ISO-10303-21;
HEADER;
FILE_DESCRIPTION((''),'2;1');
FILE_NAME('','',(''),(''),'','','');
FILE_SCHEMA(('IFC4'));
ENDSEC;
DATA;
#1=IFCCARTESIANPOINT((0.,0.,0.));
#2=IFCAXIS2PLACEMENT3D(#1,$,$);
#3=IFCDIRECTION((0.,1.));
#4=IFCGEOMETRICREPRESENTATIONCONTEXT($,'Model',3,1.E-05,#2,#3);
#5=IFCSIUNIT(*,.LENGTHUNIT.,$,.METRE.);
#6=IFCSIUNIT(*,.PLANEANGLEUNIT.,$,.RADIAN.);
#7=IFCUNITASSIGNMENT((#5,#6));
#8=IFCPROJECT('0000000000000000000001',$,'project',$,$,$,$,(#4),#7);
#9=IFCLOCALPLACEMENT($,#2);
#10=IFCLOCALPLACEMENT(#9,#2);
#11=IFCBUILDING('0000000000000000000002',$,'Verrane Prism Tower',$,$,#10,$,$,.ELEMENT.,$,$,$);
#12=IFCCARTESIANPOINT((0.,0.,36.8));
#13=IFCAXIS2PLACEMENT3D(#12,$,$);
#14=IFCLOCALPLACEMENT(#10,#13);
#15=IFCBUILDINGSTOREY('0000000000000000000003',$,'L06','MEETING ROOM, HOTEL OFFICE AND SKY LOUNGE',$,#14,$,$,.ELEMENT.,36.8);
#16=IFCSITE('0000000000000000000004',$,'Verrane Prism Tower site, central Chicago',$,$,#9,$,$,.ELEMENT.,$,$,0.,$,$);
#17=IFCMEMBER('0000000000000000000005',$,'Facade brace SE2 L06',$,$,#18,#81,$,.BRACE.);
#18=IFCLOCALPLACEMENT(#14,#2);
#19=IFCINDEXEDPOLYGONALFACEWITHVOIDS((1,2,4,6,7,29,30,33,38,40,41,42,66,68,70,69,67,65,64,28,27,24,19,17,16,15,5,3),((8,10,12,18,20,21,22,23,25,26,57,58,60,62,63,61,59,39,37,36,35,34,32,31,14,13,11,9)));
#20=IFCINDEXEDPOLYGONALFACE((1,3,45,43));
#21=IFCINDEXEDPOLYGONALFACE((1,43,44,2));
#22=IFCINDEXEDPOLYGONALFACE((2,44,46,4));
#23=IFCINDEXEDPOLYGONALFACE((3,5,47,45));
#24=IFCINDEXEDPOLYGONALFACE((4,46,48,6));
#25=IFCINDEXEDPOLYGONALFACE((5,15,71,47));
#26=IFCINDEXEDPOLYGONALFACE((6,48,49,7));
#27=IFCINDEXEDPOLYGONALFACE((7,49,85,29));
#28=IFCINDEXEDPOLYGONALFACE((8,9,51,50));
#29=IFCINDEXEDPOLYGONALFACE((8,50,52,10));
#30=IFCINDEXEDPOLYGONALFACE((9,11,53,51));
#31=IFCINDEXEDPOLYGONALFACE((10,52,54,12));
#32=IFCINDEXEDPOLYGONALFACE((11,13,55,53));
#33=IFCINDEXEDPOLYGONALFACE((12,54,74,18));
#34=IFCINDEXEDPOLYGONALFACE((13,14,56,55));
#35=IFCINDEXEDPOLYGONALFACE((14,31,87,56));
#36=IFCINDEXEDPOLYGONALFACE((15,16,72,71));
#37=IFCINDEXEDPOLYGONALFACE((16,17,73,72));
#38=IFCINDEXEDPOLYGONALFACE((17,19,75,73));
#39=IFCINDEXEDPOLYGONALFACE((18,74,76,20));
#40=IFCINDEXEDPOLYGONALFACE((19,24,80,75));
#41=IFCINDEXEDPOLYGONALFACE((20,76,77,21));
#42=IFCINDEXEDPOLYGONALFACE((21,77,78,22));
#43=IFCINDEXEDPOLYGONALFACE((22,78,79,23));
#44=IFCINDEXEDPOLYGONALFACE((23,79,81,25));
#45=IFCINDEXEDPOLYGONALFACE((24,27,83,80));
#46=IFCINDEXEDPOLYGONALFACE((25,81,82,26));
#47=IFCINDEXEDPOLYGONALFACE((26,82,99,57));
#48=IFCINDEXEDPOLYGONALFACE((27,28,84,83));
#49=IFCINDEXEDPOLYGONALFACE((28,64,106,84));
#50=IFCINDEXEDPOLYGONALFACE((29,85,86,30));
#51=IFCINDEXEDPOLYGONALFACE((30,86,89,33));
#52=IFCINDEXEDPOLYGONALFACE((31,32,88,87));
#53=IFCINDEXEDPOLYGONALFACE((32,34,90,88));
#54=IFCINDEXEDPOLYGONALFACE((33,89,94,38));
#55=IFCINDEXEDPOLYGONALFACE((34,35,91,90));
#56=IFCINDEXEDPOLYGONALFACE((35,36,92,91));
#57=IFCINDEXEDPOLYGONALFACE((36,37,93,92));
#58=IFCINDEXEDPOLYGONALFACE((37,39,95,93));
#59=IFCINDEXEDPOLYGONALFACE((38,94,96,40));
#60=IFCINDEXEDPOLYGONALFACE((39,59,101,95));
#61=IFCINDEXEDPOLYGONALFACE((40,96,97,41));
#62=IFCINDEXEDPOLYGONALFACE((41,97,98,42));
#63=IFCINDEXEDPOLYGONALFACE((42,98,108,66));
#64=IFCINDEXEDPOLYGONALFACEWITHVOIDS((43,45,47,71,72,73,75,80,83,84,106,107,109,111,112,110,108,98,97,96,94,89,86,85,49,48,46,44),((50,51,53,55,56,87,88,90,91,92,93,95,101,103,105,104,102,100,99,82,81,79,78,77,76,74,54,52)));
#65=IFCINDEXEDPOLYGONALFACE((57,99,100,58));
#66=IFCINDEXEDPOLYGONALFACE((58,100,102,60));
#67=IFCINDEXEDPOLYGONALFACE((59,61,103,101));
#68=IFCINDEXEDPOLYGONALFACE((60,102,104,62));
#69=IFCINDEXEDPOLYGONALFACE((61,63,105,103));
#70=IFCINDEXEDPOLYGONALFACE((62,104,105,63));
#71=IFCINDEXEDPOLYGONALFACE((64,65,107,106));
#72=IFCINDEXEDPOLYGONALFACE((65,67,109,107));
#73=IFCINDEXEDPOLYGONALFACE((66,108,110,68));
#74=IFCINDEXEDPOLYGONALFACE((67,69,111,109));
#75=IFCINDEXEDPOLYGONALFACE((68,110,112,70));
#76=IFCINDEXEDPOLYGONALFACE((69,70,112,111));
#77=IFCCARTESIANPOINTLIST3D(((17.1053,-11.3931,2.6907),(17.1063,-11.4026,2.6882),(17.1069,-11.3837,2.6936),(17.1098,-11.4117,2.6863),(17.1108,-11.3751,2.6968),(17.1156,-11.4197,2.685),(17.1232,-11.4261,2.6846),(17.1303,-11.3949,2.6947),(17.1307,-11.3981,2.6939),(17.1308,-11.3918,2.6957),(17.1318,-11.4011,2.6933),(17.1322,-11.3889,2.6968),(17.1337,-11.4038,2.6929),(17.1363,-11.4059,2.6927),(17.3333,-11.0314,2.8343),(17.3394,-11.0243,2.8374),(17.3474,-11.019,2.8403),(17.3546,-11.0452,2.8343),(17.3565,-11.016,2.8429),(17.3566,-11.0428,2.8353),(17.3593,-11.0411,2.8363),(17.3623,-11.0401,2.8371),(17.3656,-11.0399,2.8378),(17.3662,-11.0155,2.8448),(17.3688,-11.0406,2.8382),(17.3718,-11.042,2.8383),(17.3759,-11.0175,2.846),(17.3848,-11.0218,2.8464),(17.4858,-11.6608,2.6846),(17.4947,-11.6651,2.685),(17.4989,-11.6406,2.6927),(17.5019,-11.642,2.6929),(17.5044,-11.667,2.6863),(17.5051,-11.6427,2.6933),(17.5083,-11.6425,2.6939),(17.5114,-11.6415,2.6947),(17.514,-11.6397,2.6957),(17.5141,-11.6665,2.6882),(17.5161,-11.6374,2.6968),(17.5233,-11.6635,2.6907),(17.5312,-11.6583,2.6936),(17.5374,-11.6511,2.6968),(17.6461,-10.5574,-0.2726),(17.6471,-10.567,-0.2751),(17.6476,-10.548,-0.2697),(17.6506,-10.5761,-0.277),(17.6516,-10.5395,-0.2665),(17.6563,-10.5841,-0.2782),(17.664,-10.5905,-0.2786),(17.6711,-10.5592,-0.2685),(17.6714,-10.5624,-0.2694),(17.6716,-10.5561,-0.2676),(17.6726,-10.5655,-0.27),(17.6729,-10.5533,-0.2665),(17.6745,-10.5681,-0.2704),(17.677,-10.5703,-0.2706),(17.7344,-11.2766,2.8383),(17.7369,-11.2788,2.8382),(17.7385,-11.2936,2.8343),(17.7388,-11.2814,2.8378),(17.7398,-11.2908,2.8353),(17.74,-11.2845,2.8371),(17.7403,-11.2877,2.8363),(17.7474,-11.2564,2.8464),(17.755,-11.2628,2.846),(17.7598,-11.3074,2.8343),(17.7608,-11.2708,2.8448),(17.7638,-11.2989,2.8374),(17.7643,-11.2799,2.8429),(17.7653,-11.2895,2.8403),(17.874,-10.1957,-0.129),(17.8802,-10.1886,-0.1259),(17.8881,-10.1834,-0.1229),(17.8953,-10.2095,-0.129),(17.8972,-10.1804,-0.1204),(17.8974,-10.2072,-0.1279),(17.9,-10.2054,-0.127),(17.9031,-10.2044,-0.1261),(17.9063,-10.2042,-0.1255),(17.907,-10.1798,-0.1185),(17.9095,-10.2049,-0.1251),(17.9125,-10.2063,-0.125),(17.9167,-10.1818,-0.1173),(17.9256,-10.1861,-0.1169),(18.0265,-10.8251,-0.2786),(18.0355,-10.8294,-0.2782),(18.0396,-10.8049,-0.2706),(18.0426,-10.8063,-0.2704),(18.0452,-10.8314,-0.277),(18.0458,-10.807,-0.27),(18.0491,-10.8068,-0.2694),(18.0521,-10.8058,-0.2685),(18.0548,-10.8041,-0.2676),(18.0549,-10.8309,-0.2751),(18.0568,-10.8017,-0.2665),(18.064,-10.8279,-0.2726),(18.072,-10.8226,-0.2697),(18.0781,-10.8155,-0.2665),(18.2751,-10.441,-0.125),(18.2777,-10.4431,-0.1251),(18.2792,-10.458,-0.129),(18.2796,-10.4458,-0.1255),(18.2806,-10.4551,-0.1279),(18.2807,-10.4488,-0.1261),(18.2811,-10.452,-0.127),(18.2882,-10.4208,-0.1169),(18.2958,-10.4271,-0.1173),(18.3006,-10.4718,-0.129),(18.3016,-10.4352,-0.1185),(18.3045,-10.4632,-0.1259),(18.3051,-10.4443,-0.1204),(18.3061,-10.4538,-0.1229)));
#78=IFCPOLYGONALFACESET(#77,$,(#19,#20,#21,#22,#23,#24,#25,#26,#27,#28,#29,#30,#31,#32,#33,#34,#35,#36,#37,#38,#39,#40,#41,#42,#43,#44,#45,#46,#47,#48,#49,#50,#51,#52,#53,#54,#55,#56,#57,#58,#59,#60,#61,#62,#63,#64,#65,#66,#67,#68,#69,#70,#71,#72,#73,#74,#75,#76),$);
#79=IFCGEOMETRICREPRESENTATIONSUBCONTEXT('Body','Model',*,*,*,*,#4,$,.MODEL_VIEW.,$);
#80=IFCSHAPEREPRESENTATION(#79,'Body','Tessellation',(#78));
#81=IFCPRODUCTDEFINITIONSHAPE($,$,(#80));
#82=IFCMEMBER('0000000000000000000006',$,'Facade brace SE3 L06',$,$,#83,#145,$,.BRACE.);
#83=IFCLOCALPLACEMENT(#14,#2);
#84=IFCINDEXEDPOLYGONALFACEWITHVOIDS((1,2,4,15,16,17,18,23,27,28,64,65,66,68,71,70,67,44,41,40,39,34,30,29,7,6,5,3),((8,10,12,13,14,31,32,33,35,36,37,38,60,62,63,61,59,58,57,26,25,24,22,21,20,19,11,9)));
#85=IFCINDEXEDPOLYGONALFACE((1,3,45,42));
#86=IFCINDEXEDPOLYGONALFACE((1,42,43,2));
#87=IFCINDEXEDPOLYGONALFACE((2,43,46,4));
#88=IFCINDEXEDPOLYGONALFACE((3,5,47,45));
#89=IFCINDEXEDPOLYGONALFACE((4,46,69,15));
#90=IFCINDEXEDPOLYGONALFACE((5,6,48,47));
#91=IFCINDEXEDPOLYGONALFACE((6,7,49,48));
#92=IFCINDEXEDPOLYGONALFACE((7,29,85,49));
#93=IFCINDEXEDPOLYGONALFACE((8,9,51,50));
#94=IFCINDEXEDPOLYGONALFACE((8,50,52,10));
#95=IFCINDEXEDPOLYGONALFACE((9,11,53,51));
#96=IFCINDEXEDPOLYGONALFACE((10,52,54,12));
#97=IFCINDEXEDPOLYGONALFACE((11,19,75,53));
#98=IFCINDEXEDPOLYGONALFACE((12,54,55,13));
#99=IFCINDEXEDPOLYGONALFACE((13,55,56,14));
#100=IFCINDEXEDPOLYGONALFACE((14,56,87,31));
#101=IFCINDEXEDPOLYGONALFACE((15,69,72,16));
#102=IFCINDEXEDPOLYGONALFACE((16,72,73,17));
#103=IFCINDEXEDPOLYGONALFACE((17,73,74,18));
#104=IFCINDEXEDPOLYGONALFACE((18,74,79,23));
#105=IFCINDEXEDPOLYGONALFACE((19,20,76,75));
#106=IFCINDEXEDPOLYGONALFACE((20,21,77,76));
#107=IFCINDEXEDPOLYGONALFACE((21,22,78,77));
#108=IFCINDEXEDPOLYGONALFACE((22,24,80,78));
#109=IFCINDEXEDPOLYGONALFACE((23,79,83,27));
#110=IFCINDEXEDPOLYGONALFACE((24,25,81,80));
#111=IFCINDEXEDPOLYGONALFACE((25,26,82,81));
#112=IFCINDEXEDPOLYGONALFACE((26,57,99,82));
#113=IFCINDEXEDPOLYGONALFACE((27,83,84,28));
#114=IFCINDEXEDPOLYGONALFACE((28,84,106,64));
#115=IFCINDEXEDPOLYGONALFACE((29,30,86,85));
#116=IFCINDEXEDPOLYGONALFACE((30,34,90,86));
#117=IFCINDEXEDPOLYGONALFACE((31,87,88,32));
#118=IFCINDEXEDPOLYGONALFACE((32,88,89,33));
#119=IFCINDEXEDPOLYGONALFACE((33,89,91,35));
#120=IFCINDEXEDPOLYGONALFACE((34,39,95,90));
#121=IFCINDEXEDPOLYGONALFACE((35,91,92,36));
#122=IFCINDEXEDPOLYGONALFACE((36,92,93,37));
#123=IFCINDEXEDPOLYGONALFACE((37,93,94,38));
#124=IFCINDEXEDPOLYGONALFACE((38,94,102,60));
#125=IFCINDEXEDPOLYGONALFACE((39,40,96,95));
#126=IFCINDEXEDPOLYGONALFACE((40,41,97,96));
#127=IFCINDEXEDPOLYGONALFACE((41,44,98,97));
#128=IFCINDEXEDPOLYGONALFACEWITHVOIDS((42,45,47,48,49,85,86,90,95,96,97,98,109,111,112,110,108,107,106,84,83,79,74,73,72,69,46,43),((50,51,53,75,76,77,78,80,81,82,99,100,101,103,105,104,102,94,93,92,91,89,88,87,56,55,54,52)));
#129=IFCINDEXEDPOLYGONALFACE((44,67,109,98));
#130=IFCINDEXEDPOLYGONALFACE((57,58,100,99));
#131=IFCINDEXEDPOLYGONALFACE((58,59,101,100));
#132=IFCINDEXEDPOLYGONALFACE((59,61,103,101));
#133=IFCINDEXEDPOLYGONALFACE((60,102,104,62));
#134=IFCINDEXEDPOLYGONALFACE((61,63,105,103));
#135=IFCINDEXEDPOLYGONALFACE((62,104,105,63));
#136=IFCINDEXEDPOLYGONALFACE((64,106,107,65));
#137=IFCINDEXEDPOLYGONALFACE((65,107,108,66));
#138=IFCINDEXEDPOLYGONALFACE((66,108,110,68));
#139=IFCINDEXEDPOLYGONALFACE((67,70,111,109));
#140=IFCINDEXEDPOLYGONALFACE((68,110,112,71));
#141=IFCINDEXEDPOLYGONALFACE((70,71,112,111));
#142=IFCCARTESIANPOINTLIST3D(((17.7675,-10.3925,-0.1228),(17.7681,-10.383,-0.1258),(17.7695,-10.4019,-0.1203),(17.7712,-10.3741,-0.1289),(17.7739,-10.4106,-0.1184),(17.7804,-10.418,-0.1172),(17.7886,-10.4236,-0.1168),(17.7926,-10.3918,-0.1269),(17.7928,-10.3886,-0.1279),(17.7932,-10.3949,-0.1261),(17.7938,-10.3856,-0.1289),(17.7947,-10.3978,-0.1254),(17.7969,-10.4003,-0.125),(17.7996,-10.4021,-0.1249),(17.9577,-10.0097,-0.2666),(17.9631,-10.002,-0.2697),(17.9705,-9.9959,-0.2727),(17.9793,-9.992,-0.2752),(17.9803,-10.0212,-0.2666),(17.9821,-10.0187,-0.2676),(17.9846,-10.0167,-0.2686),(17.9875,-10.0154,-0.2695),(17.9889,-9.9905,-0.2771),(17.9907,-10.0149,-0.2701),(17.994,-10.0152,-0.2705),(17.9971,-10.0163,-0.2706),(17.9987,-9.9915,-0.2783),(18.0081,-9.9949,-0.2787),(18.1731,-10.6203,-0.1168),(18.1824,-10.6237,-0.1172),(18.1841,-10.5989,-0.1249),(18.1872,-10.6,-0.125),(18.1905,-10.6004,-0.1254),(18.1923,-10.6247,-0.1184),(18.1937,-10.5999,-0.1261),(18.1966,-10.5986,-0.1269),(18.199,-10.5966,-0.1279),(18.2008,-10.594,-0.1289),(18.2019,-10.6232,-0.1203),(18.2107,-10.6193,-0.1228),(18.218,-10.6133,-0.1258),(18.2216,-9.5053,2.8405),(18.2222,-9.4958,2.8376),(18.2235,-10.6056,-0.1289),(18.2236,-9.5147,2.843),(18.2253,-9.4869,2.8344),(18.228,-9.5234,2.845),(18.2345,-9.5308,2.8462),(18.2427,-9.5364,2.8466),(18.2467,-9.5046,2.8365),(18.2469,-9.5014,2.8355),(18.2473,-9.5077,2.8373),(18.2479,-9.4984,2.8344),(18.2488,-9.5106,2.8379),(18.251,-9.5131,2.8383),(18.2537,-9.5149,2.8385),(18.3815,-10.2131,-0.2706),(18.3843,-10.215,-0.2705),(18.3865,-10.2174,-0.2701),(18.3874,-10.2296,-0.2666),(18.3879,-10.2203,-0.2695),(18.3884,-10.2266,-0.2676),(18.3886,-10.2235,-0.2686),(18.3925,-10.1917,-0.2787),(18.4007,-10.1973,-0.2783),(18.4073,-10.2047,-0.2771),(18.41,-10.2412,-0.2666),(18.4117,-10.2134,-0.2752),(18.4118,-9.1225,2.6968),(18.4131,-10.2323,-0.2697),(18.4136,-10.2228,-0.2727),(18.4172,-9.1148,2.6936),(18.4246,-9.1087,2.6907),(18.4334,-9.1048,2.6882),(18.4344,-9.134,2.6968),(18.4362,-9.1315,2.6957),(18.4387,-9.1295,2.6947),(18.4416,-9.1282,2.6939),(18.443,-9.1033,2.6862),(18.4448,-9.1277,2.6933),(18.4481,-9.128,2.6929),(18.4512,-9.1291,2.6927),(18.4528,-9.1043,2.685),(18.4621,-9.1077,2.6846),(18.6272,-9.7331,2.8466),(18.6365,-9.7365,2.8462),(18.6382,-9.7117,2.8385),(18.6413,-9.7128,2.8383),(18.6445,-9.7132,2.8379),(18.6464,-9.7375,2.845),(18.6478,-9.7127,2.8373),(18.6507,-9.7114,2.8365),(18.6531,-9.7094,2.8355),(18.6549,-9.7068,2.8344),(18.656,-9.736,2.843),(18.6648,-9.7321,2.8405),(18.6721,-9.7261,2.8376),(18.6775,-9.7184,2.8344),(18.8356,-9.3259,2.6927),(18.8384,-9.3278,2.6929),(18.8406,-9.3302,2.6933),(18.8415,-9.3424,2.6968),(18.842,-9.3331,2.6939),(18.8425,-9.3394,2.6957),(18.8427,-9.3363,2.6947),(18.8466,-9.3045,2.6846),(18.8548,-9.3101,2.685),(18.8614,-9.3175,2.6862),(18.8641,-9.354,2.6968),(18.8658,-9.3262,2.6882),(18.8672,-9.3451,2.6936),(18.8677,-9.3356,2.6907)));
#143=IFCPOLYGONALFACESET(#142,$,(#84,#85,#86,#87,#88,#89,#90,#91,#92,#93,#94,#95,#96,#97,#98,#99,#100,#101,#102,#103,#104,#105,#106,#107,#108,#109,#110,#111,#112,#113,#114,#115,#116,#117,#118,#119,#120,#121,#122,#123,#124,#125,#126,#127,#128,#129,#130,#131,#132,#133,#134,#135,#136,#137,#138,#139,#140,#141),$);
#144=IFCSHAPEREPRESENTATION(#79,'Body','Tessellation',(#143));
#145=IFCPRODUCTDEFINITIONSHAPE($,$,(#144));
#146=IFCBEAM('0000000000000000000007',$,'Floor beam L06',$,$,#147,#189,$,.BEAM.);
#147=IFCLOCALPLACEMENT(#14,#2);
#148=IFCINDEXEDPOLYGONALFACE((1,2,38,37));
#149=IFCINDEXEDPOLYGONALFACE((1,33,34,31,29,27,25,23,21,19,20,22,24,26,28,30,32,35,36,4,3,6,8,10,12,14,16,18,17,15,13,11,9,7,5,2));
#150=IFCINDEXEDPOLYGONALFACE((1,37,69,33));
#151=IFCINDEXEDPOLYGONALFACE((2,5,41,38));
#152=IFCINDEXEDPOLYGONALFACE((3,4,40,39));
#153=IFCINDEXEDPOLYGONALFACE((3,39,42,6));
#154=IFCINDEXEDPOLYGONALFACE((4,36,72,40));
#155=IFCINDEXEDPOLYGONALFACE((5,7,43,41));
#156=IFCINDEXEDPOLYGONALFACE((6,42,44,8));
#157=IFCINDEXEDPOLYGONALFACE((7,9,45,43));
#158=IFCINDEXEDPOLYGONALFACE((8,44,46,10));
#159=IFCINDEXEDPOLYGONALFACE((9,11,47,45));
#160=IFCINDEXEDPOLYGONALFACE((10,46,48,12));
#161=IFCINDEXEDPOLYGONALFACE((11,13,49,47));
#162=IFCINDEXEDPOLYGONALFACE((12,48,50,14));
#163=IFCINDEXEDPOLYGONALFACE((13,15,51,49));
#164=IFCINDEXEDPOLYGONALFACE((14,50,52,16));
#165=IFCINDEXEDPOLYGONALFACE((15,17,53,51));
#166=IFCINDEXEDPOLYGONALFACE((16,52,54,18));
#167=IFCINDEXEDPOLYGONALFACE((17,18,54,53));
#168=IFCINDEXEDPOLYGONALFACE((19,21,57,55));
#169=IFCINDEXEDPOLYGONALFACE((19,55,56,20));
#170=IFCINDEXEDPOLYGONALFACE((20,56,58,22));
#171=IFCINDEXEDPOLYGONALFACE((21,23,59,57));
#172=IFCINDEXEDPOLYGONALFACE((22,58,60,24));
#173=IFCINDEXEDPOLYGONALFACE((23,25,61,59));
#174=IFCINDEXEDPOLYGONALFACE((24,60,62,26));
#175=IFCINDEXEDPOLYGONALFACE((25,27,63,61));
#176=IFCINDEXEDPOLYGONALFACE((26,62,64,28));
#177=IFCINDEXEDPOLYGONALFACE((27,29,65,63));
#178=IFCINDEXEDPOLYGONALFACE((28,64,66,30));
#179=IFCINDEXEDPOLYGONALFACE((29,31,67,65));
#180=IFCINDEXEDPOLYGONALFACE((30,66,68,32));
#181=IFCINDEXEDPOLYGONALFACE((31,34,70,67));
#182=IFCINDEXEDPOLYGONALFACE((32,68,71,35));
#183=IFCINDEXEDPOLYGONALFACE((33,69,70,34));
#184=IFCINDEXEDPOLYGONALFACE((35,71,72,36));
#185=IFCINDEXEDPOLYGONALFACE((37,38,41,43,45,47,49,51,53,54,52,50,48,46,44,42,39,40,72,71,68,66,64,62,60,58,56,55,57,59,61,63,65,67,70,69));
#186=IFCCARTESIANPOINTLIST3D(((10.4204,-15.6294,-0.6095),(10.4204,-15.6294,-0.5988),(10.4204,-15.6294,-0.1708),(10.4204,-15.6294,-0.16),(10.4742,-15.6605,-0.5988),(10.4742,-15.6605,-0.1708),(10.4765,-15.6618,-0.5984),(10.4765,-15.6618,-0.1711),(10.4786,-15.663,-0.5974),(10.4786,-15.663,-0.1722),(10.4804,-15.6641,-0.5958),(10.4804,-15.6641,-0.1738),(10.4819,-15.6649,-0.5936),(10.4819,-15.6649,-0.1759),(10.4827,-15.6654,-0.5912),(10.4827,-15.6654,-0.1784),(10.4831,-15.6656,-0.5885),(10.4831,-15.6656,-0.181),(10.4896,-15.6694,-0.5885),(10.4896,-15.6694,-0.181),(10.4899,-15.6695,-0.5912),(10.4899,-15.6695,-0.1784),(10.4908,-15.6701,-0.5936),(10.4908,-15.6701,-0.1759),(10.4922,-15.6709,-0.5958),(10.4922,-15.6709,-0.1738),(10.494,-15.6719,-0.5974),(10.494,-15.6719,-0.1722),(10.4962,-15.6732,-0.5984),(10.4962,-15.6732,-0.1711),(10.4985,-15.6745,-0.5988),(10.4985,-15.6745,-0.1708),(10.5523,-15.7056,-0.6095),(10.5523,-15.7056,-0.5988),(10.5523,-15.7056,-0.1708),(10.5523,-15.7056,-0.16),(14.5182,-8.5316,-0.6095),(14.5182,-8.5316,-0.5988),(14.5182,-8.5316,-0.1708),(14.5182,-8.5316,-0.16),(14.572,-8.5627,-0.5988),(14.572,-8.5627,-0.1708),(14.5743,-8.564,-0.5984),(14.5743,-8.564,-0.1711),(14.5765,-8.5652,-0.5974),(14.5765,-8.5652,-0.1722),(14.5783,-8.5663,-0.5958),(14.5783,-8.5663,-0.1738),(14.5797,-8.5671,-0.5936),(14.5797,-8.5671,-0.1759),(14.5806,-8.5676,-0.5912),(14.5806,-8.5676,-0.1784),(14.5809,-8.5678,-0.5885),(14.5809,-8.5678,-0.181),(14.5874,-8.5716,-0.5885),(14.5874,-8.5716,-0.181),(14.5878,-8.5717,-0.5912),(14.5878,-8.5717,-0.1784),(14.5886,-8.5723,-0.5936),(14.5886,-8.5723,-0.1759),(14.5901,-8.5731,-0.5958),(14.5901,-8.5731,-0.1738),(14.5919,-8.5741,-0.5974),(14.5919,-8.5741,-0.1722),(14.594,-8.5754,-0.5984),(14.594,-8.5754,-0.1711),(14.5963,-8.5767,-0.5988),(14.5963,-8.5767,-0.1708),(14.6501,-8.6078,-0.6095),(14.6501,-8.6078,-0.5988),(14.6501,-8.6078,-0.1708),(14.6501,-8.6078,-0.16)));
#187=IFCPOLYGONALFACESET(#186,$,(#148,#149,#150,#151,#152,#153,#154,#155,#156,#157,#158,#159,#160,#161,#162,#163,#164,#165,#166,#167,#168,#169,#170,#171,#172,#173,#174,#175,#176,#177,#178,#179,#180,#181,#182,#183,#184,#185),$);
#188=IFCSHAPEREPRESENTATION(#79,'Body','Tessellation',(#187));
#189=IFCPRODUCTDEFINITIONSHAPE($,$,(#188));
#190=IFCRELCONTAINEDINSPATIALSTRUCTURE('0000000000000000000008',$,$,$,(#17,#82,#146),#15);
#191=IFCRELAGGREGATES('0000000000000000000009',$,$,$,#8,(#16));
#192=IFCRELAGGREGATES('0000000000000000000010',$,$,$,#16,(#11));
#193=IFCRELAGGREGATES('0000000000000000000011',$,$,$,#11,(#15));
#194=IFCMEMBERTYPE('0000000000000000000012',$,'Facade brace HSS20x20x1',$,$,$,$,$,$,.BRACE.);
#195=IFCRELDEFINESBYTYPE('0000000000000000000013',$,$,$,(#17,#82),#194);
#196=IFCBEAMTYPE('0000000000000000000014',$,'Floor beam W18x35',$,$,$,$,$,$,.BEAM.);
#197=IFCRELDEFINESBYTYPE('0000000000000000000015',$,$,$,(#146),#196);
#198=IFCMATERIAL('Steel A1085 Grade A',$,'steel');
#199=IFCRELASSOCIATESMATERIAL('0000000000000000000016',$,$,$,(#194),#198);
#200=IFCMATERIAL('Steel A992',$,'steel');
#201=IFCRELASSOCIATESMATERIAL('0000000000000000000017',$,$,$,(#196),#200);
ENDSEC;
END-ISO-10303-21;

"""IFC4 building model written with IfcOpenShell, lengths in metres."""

from ifc_helpers import new_model, si_unit, direction, frame, origin, origin_2d, place, context, subcontext, project, spatial, hollow_rectangle, i_section, extrude, material, material_profile, profile_set, type_object, element, save


model = new_model("IFC4")

# Units and contexts
model_context = context("Model", 3, precision=1e-05, world=origin(), true_north=direction((0.0, 1.0)))
body_context = subcontext(model_context, "Body", "Model", "MODEL_VIEW")
ifc_project = project(units=[si_unit("LENGTHUNIT", "METRE"), si_unit("PLANEANGLEUNIT", "RADIAN")], contexts=[model_context])

# Site, building, storey
site_placement = place(None, origin())
site = spatial("IfcSite", under=ifc_project, at=site_placement, Name="Verrane Prism Tower site, central Chicago", CompositionType="ELEMENT", RefElevation=0.0)
building_placement = place(site_placement, origin())
building = spatial("IfcBuilding", under=site, at=building_placement, Name="Verrane Prism Tower", CompositionType="ELEMENT")
storey_placement = place(building_placement, frame((0.0, 0.0, 36.8)))
storey = spatial("IfcBuildingStorey", under=building, at=storey_placement, Name="L06", Description="MEETING ROOM, HOTEL OFFICE AND SKY LOUNGE", CompositionType="ELEMENT", Elevation=36.8)

# Members
ifc_material_1 = material(Name="Steel A1085 Grade A", Category="steel")
ifc_material_profile_1 = material_profile(ifc_material_1, hollow_rectangle(XDim=0.5081, YDim=0.5081, WallThickness=0.0254, InnerFilletRadius=0.0127, OuterFilletRadius=0.0381, at=origin_2d()), Name="HSS20x20x1")
ifc_profile_set_1 = profile_set([ifc_material_profile_1], Name="Steel A1085 Grade A")
member_type_1 = type_object("IfcMemberType", Name="Facade brace HSS20x20x1", PredefinedType="BRACE", material=ifc_profile_set_1)
member_1_placement = place(storey_placement, frame((17.9761, -10.5056, -0.1978), z_axis=(-0.172987, -0.267329, 0.947951), x_axis=(0.839557, -0.543272, 0.0)))
element("IfcMember", 1, at=member_1_placement, inside=storey, type_object=member_type_1, Name="Facade brace SE2 L06", PredefinedType="BRACE", context=body_context, shape_type="SweptSolid", body=[
    extrude(hollow_rectangle(XDim=0.5081, YDim=0.5081, WallThickness=0.0254, InnerFilletRadius=0.0127, OuterFilletRadius=0.0381, at=origin_2d()), origin(), (0.0, 0.0, 1.0), 3.126),
])
member_2_placement = place(storey_placement, frame((18.0906, -10.3076, -0.1978), z_axis=(0.145243, 0.283771, 0.947828), x_axis=(-0.890174, 0.45562, 0.0)))
element("IfcMember", 2, at=member_2_placement, inside=storey, type_object=member_type_1, Name="Facade brace SE3 L06", PredefinedType="BRACE", context=body_context, shape_type="SweptSolid", body=[
    extrude(hollow_rectangle(XDim=0.5081, YDim=0.5081, WallThickness=0.0254, InnerFilletRadius=0.0127, OuterFilletRadius=0.0381, at=origin_2d()), origin(), (0.0, 0.0, 1.0), 3.1265),
])

# Beam
ifc_material_2 = material(Name="Steel A992", Category="steel")
ifc_material_profile_2 = material_profile(ifc_material_2, i_section(OverallWidth=0.1523, OverallDepth=0.4495, WebThickness=0.0076, FlangeThickness=0.0107, FilletRadius=0.0103, at=origin_2d()), Name="W18x35")
ifc_profile_set_2 = profile_set([ifc_material_profile_2], Name="Steel A992")
beam_type_1 = type_object("IfcBeamType", Name="Floor beam W18x35", PredefinedType="BEAM", material=ifc_profile_set_2)
for number, where, z_axis, x_axis, name in (
    (3, (10.4863, -15.6675, -0.3848), (0.499993, 0.866029, 0.0), (-0.866029, 0.499993, 0.0), "Floor beam L06"),
):
    element("IfcBeam", number, at=place(storey_placement, frame(where, z_axis=z_axis, x_axis=x_axis)), inside=storey, type_object=beam_type_1, Name=name, PredefinedType="BEAM", context=body_context, shape_type="SweptSolid", body=[
        extrude(i_section(OverallWidth=0.1523, OverallDepth=0.4495, WebThickness=0.0076, FlangeThickness=0.0107, FilletRadius=0.0103, at=origin_2d()), origin(), (0.0, 0.0, 1.0), 8.1958),
    ])

save(model, "model.ifc")
